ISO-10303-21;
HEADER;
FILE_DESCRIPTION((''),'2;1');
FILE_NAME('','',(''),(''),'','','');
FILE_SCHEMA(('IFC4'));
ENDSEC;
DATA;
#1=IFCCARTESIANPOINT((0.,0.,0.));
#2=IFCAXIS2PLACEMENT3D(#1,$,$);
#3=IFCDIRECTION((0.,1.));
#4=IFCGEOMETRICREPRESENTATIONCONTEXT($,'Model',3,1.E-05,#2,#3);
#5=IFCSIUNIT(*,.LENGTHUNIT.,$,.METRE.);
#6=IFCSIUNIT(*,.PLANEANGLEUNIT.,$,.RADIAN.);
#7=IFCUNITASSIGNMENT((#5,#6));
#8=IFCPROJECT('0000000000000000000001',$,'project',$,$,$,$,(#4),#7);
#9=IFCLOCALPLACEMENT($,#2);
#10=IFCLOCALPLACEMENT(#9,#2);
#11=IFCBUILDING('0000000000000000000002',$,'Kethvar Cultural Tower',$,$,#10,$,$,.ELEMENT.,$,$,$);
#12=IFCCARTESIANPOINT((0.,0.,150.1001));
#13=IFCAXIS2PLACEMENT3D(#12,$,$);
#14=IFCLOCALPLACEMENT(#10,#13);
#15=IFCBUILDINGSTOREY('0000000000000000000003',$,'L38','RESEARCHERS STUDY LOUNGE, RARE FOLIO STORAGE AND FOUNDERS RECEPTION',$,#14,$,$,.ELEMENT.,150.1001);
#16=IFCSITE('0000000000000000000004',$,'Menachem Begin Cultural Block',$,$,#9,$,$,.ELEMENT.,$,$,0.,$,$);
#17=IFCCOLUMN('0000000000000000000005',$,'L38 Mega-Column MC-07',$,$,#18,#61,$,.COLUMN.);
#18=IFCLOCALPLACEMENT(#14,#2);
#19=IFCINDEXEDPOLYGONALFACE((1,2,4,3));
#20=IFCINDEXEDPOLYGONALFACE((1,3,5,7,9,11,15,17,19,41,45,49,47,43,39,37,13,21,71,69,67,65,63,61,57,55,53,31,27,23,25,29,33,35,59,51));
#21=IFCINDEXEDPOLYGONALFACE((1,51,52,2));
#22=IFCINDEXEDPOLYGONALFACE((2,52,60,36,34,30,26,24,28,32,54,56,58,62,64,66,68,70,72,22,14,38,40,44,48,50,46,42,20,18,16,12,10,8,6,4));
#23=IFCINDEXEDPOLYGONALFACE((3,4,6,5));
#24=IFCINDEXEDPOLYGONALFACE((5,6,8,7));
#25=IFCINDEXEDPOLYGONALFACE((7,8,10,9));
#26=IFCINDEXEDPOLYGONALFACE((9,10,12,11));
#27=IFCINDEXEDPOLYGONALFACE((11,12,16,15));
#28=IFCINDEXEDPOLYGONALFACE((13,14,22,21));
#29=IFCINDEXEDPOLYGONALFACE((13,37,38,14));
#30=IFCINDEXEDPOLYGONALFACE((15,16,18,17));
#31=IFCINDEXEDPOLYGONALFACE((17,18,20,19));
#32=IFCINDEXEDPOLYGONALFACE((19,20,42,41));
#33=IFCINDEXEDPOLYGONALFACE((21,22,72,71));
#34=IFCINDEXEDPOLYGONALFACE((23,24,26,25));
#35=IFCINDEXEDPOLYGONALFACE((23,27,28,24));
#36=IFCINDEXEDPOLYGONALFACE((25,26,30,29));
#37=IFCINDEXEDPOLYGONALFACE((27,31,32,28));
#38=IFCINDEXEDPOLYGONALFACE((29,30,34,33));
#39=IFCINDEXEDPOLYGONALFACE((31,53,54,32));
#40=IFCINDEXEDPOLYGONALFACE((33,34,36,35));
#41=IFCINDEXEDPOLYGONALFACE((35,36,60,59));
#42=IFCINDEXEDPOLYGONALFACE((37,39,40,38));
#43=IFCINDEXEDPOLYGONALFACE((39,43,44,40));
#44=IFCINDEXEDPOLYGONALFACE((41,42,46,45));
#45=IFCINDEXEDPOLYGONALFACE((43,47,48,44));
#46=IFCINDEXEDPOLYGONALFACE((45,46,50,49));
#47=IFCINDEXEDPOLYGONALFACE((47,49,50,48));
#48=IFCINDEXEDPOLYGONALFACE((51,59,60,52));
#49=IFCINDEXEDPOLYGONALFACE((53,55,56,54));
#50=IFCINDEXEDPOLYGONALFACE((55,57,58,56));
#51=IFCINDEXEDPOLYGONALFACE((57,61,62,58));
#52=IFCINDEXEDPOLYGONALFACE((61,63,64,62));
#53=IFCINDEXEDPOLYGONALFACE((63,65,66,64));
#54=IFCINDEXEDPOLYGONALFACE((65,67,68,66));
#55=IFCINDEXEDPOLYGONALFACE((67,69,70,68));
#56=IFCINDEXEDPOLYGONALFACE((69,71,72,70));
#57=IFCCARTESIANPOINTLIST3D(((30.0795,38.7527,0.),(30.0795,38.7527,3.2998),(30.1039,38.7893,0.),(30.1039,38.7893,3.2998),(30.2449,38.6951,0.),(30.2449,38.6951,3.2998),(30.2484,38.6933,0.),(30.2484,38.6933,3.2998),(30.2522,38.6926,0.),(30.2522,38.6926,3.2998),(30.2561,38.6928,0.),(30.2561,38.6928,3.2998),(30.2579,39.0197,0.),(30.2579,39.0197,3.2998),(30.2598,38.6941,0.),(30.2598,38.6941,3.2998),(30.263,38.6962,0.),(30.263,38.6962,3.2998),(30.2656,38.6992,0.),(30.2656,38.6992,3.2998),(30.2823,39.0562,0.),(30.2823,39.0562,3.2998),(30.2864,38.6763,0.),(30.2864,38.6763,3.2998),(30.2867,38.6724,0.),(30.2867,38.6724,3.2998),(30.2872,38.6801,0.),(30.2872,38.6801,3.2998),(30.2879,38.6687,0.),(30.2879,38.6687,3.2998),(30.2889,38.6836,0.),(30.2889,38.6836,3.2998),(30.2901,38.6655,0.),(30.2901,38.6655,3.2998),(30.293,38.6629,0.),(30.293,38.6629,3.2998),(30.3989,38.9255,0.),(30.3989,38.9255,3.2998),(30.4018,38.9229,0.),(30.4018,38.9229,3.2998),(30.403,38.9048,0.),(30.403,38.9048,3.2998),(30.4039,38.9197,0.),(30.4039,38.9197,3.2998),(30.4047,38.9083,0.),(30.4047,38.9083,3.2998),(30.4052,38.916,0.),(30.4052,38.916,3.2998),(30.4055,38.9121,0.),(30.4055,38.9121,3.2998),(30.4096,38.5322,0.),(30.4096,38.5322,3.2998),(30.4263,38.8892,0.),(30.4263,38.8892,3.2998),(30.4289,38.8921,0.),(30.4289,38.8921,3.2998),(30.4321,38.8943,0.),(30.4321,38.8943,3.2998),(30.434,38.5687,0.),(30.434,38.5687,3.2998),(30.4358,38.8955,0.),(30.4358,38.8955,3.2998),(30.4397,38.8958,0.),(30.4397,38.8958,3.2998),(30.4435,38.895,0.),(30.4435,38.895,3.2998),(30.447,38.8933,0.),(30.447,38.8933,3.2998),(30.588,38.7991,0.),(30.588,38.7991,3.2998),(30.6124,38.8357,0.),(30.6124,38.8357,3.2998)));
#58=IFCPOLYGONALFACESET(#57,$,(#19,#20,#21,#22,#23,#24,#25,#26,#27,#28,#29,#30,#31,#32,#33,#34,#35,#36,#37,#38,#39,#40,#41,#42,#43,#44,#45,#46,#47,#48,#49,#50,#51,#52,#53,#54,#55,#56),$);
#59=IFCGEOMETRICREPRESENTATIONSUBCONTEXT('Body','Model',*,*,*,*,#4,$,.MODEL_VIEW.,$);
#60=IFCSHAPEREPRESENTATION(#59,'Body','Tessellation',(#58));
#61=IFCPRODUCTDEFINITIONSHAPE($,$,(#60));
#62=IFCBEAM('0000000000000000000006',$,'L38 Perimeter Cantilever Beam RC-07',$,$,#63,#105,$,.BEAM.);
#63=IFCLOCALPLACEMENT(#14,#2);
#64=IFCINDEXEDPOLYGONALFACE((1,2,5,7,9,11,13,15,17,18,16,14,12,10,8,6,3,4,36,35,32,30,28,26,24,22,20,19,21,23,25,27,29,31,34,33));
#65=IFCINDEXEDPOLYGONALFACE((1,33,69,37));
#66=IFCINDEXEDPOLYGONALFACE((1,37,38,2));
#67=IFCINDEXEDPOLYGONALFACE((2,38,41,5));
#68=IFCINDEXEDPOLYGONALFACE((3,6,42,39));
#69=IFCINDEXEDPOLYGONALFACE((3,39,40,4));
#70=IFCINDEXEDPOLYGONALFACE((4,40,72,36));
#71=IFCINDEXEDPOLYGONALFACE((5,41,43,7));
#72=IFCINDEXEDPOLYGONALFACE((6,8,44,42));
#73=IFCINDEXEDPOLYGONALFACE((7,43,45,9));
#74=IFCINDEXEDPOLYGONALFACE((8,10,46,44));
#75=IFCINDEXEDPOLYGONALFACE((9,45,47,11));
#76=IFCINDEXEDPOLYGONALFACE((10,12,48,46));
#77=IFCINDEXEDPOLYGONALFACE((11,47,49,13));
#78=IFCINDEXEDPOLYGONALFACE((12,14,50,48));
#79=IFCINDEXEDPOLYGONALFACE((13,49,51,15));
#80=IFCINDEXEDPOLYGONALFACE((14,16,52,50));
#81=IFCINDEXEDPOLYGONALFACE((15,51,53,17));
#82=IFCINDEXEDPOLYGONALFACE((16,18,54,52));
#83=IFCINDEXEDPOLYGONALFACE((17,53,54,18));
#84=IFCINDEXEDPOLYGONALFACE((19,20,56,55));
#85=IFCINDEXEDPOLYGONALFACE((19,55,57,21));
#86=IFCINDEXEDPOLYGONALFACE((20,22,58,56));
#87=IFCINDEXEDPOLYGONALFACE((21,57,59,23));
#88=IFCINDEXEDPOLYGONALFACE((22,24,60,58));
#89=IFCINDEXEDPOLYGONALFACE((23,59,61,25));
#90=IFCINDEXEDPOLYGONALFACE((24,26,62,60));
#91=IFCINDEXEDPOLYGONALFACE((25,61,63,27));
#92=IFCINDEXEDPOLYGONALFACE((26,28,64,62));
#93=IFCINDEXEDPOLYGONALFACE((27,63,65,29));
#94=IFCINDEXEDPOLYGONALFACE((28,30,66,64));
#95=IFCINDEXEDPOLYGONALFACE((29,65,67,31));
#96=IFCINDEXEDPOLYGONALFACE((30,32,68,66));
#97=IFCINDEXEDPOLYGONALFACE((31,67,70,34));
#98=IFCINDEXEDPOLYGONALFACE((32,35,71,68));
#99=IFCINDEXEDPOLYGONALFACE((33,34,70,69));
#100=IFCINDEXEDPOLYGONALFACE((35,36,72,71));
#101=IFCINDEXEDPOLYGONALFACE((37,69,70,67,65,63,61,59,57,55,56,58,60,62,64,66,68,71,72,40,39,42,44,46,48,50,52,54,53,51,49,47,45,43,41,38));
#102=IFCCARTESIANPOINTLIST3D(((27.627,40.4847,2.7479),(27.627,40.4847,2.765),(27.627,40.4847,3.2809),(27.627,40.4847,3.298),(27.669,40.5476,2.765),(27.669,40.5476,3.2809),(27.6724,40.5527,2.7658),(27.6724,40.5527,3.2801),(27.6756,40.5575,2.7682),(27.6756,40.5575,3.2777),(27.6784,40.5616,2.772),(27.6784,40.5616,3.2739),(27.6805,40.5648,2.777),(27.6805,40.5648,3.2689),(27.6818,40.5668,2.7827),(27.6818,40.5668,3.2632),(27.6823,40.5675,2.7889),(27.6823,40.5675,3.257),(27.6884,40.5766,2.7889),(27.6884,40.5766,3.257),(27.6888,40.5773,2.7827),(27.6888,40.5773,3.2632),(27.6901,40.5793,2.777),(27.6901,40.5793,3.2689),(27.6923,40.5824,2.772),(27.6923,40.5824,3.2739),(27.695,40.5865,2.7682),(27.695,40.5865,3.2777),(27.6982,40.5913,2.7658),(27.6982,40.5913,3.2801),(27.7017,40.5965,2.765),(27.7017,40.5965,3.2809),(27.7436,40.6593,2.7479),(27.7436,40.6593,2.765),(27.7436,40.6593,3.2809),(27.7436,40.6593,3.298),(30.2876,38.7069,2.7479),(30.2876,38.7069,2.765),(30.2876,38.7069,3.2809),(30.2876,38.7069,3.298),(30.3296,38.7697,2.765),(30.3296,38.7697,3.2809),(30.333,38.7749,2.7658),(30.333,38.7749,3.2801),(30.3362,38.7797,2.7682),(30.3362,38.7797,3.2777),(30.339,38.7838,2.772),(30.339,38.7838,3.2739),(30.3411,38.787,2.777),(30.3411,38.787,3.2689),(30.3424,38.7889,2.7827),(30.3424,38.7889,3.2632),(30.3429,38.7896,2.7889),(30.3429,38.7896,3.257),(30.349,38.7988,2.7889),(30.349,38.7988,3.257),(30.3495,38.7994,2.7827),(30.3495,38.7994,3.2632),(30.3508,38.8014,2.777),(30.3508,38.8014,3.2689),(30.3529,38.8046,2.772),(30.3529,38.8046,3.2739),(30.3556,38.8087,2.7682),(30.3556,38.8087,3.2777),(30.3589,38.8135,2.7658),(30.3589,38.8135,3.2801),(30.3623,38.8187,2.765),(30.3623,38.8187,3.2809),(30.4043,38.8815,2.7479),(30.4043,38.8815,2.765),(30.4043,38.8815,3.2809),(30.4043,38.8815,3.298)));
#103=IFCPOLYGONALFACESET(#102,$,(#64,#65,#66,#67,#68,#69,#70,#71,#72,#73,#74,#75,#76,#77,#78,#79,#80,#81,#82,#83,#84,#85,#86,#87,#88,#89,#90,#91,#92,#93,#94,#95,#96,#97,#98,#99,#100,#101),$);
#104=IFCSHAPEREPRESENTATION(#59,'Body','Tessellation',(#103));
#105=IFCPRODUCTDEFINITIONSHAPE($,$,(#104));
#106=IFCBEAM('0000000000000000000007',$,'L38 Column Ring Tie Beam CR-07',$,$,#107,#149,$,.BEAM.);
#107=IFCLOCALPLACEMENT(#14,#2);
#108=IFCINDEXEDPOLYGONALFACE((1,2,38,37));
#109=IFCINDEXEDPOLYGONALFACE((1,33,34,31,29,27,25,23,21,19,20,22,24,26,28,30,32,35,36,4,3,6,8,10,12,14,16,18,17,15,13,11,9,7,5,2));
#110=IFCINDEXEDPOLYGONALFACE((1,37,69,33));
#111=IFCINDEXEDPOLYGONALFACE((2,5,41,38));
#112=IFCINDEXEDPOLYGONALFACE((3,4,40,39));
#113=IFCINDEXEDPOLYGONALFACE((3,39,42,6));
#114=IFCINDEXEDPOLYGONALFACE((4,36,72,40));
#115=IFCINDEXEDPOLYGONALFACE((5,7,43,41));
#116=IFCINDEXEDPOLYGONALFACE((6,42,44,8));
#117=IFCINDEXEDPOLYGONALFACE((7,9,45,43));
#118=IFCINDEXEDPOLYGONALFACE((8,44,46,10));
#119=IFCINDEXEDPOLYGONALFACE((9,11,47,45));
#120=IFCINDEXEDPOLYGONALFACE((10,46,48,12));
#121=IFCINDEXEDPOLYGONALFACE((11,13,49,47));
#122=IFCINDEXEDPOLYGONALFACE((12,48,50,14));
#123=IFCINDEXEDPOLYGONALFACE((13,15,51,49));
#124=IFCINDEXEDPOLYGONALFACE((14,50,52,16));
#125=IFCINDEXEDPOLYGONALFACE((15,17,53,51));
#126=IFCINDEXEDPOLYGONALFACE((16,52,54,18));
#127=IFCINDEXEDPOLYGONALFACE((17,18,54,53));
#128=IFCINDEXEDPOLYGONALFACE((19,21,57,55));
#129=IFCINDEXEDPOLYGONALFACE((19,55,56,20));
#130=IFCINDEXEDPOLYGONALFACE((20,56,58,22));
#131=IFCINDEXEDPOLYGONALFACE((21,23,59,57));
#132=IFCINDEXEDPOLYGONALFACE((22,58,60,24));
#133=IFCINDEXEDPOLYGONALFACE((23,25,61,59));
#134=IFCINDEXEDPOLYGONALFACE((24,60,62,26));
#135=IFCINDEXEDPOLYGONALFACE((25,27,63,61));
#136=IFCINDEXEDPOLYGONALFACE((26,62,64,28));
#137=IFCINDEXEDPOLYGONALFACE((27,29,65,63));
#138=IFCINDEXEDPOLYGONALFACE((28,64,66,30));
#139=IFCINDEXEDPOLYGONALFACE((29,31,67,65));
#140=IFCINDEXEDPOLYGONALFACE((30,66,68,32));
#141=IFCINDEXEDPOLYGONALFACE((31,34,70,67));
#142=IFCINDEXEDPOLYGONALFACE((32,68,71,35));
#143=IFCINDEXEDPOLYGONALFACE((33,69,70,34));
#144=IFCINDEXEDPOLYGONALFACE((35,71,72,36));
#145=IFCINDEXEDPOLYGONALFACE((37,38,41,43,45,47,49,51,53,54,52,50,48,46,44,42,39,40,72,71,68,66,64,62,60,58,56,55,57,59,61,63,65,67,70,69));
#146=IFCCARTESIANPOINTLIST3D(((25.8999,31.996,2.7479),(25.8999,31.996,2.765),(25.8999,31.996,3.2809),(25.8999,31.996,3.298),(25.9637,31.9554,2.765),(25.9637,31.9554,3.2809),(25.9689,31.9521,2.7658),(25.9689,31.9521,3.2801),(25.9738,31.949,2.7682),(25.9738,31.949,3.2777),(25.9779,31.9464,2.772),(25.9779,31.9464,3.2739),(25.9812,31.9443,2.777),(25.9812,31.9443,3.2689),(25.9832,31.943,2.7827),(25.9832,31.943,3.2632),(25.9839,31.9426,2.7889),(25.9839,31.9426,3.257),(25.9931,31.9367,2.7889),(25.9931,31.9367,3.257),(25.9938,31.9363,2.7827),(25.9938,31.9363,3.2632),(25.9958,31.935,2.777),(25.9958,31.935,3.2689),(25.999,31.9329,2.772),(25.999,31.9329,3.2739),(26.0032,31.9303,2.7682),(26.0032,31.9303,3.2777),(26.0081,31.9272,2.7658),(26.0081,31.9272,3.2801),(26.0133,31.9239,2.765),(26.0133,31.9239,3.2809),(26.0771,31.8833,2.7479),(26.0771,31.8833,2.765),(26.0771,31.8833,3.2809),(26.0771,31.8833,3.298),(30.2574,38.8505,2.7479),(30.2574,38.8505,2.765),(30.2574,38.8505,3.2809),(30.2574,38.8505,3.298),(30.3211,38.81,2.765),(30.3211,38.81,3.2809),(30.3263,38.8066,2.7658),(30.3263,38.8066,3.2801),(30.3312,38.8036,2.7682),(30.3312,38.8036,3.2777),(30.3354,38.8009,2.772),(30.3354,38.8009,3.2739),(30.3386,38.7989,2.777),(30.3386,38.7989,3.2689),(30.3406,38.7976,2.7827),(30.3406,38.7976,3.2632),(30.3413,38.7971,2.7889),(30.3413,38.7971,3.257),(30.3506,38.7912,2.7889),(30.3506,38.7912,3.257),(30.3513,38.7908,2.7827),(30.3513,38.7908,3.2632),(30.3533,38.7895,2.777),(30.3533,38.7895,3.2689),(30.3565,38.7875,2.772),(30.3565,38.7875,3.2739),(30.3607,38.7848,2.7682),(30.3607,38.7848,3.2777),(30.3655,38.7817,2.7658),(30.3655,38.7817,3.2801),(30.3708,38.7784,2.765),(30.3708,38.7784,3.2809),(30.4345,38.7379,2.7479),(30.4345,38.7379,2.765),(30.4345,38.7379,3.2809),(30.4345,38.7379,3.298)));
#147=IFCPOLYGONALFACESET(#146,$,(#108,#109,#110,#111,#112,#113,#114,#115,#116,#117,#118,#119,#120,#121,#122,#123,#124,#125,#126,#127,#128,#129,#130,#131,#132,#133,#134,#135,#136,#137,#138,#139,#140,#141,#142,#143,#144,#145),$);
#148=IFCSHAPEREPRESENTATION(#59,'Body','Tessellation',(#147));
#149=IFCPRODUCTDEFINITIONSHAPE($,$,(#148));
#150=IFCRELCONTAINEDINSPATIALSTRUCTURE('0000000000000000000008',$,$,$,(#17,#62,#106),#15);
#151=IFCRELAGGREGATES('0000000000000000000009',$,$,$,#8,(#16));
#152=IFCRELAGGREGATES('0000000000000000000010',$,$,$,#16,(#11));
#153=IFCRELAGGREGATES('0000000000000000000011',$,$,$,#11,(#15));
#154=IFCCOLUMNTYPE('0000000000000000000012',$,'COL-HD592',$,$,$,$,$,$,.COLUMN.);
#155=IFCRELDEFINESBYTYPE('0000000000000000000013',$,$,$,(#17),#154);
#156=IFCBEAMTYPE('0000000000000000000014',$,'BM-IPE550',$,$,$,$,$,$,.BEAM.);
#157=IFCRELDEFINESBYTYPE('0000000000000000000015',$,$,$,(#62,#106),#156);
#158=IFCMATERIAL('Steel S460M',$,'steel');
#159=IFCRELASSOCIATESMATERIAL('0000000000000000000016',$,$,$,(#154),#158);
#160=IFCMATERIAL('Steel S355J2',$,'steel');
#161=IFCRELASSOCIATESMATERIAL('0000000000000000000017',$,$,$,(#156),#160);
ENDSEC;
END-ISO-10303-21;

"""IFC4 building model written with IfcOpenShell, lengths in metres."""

from ifc_helpers import new_model, si_unit, direction, frame, origin, origin_2d, place, context, subcontext, project, spatial, i_section, extrude, source, transform, mapped, material, material_profile, profile_set, type_object, element, save


model = new_model("IFC4")

# Units and contexts
model_context = context("Model", 3, precision=1e-05, world=origin(), true_north=direction((0.0, 1.0)))
body_context = subcontext(model_context, "Body", "Model", "MODEL_VIEW")
ifc_project = project(units=[si_unit("LENGTHUNIT", "METRE"), si_unit("PLANEANGLEUNIT", "RADIAN")], contexts=[model_context])

# Site, building, storey
site_placement = place(None, origin())
site = spatial("IfcSite", under=ifc_project, at=site_placement, Name="Menachem Begin Cultural Block", CompositionType="ELEMENT", RefElevation=0.0)
building_placement = place(site_placement, origin())
building = spatial("IfcBuilding", under=site, at=building_placement, Name="Kethvar Cultural Tower", CompositionType="ELEMENT")
storey_placement = place(building_placement, frame((0.0, 0.0, 150.1001)))
storey = spatial("IfcBuildingStorey", under=building, at=storey_placement, Name="L38", Description="RESEARCHERS STUDY LOUNGE, RARE FOLIO STORAGE AND FOUNDERS RECEPTION", CompositionType="ELEMENT", Elevation=150.1001)

# Column
ifc_material_1 = material(Name="Steel S460M", Category="steel")
ifc_material_profile_1 = material_profile(ifc_material_1, i_section(OverallWidth=0.397, OverallDepth=0.365, WebThickness=0.0281, FlangeThickness=0.0439, FilletRadius=0.0149, at=origin_2d()), Name="Steel S460M — HD400x592")
ifc_profile_set_1 = profile_set([ifc_material_profile_1], Name="Steel S460M — HD400x592")
column_type = type_object("IfcColumnType", Name="COL-HD592", PredefinedType="COLUMN", material=ifc_profile_set_1)
shared_shape_1 = source(origin(), body_context, "Body", "SweptSolid", [
    extrude(i_section(OverallWidth=0.397, OverallDepth=0.365, WebThickness=0.0281, FlangeThickness=0.0439, FilletRadius=0.0149, at=origin_2d()), origin(), (0.0, 0.0, 1.0), 3.2998),
])
column_placement = place(storey_placement, frame((30.3459, 38.7942, 0.0), z_axis=(0.0, 0.0, 1.0), x_axis=(-0.83147, 0.55557, 0.0)))
element("IfcColumn", 1, at=column_placement, inside=storey, type_object=column_type, Name="L38 Mega-Column MC-07", PredefinedType="COLUMN", context=body_context, shape_type="MappedRepresentation", body=[
    mapped(shared_shape_1, transform((0.0, 0.0, 0.0), scale=1.0)),
])

# Beams
ifc_material_2 = material(Name="Steel S355J2", Category="steel")
ifc_material_profile_2 = material_profile(ifc_material_2, i_section(OverallWidth=0.21, OverallDepth=0.55, WebThickness=0.011, FlangeThickness=0.0171, FilletRadius=0.0239, at=origin_2d()), Name="Steel S355J2 — IPE550")
ifc_profile_set_2 = profile_set([ifc_material_profile_2], Name="Steel S355J2 — IPE550")
beam_type_1 = type_object("IfcBeamType", Name="BM-IPE550", PredefinedType="BEAM", material=ifc_profile_set_2)
shared_shape_2 = source(origin(), body_context, "Body", "SweptSolid", [
    extrude(i_section(OverallWidth=0.21, OverallDepth=0.55, WebThickness=0.011, FlangeThickness=0.0171, FilletRadius=0.0239, at=origin_2d()), origin(), (0.0, 0.0, 1.0), 3.2),
])
beam_1_placement = place(storey_placement, frame((30.3459, 38.7942, 3.0229), z_axis=(-0.831463, 0.55558, 0.0), x_axis=(-0.55558, -0.831463, 0.0)))
element("IfcBeam", 2, at=beam_1_placement, inside=storey, type_object=beam_type_1, Name="L38 Perimeter Cantilever Beam RC-07", PredefinedType="BEAM", context=body_context, shape_type="MappedRepresentation", body=[
    mapped(shared_shape_2, transform((0.0, 0.0, 0.0), scale=1.0)),
])
shared_shape_3 = source(origin(), body_context, "Body", "SweptSolid", [
    extrude(i_section(OverallWidth=0.21, OverallDepth=0.55, WebThickness=0.011, FlangeThickness=0.0171, FilletRadius=0.0239, at=origin_2d()), origin(), (0.0, 0.0, 1.0), 8.1223),
])
beam_2_placement = place(storey_placement, frame((30.3459, 38.7942, 3.0229), z_axis=(-0.536479, -0.843914, 0.0), x_axis=(0.843914, -0.536479, 0.0)))
element("IfcBeam", 3, at=beam_2_placement, inside=storey, type_object=beam_type_1, Name="L38 Column Ring Tie Beam CR-07", PredefinedType="BEAM", context=body_context, shape_type="MappedRepresentation", body=[
    mapped(shared_shape_3, transform((0.0, 0.0, 0.0), scale=1.0)),
])

save(model, "model.ifc")
